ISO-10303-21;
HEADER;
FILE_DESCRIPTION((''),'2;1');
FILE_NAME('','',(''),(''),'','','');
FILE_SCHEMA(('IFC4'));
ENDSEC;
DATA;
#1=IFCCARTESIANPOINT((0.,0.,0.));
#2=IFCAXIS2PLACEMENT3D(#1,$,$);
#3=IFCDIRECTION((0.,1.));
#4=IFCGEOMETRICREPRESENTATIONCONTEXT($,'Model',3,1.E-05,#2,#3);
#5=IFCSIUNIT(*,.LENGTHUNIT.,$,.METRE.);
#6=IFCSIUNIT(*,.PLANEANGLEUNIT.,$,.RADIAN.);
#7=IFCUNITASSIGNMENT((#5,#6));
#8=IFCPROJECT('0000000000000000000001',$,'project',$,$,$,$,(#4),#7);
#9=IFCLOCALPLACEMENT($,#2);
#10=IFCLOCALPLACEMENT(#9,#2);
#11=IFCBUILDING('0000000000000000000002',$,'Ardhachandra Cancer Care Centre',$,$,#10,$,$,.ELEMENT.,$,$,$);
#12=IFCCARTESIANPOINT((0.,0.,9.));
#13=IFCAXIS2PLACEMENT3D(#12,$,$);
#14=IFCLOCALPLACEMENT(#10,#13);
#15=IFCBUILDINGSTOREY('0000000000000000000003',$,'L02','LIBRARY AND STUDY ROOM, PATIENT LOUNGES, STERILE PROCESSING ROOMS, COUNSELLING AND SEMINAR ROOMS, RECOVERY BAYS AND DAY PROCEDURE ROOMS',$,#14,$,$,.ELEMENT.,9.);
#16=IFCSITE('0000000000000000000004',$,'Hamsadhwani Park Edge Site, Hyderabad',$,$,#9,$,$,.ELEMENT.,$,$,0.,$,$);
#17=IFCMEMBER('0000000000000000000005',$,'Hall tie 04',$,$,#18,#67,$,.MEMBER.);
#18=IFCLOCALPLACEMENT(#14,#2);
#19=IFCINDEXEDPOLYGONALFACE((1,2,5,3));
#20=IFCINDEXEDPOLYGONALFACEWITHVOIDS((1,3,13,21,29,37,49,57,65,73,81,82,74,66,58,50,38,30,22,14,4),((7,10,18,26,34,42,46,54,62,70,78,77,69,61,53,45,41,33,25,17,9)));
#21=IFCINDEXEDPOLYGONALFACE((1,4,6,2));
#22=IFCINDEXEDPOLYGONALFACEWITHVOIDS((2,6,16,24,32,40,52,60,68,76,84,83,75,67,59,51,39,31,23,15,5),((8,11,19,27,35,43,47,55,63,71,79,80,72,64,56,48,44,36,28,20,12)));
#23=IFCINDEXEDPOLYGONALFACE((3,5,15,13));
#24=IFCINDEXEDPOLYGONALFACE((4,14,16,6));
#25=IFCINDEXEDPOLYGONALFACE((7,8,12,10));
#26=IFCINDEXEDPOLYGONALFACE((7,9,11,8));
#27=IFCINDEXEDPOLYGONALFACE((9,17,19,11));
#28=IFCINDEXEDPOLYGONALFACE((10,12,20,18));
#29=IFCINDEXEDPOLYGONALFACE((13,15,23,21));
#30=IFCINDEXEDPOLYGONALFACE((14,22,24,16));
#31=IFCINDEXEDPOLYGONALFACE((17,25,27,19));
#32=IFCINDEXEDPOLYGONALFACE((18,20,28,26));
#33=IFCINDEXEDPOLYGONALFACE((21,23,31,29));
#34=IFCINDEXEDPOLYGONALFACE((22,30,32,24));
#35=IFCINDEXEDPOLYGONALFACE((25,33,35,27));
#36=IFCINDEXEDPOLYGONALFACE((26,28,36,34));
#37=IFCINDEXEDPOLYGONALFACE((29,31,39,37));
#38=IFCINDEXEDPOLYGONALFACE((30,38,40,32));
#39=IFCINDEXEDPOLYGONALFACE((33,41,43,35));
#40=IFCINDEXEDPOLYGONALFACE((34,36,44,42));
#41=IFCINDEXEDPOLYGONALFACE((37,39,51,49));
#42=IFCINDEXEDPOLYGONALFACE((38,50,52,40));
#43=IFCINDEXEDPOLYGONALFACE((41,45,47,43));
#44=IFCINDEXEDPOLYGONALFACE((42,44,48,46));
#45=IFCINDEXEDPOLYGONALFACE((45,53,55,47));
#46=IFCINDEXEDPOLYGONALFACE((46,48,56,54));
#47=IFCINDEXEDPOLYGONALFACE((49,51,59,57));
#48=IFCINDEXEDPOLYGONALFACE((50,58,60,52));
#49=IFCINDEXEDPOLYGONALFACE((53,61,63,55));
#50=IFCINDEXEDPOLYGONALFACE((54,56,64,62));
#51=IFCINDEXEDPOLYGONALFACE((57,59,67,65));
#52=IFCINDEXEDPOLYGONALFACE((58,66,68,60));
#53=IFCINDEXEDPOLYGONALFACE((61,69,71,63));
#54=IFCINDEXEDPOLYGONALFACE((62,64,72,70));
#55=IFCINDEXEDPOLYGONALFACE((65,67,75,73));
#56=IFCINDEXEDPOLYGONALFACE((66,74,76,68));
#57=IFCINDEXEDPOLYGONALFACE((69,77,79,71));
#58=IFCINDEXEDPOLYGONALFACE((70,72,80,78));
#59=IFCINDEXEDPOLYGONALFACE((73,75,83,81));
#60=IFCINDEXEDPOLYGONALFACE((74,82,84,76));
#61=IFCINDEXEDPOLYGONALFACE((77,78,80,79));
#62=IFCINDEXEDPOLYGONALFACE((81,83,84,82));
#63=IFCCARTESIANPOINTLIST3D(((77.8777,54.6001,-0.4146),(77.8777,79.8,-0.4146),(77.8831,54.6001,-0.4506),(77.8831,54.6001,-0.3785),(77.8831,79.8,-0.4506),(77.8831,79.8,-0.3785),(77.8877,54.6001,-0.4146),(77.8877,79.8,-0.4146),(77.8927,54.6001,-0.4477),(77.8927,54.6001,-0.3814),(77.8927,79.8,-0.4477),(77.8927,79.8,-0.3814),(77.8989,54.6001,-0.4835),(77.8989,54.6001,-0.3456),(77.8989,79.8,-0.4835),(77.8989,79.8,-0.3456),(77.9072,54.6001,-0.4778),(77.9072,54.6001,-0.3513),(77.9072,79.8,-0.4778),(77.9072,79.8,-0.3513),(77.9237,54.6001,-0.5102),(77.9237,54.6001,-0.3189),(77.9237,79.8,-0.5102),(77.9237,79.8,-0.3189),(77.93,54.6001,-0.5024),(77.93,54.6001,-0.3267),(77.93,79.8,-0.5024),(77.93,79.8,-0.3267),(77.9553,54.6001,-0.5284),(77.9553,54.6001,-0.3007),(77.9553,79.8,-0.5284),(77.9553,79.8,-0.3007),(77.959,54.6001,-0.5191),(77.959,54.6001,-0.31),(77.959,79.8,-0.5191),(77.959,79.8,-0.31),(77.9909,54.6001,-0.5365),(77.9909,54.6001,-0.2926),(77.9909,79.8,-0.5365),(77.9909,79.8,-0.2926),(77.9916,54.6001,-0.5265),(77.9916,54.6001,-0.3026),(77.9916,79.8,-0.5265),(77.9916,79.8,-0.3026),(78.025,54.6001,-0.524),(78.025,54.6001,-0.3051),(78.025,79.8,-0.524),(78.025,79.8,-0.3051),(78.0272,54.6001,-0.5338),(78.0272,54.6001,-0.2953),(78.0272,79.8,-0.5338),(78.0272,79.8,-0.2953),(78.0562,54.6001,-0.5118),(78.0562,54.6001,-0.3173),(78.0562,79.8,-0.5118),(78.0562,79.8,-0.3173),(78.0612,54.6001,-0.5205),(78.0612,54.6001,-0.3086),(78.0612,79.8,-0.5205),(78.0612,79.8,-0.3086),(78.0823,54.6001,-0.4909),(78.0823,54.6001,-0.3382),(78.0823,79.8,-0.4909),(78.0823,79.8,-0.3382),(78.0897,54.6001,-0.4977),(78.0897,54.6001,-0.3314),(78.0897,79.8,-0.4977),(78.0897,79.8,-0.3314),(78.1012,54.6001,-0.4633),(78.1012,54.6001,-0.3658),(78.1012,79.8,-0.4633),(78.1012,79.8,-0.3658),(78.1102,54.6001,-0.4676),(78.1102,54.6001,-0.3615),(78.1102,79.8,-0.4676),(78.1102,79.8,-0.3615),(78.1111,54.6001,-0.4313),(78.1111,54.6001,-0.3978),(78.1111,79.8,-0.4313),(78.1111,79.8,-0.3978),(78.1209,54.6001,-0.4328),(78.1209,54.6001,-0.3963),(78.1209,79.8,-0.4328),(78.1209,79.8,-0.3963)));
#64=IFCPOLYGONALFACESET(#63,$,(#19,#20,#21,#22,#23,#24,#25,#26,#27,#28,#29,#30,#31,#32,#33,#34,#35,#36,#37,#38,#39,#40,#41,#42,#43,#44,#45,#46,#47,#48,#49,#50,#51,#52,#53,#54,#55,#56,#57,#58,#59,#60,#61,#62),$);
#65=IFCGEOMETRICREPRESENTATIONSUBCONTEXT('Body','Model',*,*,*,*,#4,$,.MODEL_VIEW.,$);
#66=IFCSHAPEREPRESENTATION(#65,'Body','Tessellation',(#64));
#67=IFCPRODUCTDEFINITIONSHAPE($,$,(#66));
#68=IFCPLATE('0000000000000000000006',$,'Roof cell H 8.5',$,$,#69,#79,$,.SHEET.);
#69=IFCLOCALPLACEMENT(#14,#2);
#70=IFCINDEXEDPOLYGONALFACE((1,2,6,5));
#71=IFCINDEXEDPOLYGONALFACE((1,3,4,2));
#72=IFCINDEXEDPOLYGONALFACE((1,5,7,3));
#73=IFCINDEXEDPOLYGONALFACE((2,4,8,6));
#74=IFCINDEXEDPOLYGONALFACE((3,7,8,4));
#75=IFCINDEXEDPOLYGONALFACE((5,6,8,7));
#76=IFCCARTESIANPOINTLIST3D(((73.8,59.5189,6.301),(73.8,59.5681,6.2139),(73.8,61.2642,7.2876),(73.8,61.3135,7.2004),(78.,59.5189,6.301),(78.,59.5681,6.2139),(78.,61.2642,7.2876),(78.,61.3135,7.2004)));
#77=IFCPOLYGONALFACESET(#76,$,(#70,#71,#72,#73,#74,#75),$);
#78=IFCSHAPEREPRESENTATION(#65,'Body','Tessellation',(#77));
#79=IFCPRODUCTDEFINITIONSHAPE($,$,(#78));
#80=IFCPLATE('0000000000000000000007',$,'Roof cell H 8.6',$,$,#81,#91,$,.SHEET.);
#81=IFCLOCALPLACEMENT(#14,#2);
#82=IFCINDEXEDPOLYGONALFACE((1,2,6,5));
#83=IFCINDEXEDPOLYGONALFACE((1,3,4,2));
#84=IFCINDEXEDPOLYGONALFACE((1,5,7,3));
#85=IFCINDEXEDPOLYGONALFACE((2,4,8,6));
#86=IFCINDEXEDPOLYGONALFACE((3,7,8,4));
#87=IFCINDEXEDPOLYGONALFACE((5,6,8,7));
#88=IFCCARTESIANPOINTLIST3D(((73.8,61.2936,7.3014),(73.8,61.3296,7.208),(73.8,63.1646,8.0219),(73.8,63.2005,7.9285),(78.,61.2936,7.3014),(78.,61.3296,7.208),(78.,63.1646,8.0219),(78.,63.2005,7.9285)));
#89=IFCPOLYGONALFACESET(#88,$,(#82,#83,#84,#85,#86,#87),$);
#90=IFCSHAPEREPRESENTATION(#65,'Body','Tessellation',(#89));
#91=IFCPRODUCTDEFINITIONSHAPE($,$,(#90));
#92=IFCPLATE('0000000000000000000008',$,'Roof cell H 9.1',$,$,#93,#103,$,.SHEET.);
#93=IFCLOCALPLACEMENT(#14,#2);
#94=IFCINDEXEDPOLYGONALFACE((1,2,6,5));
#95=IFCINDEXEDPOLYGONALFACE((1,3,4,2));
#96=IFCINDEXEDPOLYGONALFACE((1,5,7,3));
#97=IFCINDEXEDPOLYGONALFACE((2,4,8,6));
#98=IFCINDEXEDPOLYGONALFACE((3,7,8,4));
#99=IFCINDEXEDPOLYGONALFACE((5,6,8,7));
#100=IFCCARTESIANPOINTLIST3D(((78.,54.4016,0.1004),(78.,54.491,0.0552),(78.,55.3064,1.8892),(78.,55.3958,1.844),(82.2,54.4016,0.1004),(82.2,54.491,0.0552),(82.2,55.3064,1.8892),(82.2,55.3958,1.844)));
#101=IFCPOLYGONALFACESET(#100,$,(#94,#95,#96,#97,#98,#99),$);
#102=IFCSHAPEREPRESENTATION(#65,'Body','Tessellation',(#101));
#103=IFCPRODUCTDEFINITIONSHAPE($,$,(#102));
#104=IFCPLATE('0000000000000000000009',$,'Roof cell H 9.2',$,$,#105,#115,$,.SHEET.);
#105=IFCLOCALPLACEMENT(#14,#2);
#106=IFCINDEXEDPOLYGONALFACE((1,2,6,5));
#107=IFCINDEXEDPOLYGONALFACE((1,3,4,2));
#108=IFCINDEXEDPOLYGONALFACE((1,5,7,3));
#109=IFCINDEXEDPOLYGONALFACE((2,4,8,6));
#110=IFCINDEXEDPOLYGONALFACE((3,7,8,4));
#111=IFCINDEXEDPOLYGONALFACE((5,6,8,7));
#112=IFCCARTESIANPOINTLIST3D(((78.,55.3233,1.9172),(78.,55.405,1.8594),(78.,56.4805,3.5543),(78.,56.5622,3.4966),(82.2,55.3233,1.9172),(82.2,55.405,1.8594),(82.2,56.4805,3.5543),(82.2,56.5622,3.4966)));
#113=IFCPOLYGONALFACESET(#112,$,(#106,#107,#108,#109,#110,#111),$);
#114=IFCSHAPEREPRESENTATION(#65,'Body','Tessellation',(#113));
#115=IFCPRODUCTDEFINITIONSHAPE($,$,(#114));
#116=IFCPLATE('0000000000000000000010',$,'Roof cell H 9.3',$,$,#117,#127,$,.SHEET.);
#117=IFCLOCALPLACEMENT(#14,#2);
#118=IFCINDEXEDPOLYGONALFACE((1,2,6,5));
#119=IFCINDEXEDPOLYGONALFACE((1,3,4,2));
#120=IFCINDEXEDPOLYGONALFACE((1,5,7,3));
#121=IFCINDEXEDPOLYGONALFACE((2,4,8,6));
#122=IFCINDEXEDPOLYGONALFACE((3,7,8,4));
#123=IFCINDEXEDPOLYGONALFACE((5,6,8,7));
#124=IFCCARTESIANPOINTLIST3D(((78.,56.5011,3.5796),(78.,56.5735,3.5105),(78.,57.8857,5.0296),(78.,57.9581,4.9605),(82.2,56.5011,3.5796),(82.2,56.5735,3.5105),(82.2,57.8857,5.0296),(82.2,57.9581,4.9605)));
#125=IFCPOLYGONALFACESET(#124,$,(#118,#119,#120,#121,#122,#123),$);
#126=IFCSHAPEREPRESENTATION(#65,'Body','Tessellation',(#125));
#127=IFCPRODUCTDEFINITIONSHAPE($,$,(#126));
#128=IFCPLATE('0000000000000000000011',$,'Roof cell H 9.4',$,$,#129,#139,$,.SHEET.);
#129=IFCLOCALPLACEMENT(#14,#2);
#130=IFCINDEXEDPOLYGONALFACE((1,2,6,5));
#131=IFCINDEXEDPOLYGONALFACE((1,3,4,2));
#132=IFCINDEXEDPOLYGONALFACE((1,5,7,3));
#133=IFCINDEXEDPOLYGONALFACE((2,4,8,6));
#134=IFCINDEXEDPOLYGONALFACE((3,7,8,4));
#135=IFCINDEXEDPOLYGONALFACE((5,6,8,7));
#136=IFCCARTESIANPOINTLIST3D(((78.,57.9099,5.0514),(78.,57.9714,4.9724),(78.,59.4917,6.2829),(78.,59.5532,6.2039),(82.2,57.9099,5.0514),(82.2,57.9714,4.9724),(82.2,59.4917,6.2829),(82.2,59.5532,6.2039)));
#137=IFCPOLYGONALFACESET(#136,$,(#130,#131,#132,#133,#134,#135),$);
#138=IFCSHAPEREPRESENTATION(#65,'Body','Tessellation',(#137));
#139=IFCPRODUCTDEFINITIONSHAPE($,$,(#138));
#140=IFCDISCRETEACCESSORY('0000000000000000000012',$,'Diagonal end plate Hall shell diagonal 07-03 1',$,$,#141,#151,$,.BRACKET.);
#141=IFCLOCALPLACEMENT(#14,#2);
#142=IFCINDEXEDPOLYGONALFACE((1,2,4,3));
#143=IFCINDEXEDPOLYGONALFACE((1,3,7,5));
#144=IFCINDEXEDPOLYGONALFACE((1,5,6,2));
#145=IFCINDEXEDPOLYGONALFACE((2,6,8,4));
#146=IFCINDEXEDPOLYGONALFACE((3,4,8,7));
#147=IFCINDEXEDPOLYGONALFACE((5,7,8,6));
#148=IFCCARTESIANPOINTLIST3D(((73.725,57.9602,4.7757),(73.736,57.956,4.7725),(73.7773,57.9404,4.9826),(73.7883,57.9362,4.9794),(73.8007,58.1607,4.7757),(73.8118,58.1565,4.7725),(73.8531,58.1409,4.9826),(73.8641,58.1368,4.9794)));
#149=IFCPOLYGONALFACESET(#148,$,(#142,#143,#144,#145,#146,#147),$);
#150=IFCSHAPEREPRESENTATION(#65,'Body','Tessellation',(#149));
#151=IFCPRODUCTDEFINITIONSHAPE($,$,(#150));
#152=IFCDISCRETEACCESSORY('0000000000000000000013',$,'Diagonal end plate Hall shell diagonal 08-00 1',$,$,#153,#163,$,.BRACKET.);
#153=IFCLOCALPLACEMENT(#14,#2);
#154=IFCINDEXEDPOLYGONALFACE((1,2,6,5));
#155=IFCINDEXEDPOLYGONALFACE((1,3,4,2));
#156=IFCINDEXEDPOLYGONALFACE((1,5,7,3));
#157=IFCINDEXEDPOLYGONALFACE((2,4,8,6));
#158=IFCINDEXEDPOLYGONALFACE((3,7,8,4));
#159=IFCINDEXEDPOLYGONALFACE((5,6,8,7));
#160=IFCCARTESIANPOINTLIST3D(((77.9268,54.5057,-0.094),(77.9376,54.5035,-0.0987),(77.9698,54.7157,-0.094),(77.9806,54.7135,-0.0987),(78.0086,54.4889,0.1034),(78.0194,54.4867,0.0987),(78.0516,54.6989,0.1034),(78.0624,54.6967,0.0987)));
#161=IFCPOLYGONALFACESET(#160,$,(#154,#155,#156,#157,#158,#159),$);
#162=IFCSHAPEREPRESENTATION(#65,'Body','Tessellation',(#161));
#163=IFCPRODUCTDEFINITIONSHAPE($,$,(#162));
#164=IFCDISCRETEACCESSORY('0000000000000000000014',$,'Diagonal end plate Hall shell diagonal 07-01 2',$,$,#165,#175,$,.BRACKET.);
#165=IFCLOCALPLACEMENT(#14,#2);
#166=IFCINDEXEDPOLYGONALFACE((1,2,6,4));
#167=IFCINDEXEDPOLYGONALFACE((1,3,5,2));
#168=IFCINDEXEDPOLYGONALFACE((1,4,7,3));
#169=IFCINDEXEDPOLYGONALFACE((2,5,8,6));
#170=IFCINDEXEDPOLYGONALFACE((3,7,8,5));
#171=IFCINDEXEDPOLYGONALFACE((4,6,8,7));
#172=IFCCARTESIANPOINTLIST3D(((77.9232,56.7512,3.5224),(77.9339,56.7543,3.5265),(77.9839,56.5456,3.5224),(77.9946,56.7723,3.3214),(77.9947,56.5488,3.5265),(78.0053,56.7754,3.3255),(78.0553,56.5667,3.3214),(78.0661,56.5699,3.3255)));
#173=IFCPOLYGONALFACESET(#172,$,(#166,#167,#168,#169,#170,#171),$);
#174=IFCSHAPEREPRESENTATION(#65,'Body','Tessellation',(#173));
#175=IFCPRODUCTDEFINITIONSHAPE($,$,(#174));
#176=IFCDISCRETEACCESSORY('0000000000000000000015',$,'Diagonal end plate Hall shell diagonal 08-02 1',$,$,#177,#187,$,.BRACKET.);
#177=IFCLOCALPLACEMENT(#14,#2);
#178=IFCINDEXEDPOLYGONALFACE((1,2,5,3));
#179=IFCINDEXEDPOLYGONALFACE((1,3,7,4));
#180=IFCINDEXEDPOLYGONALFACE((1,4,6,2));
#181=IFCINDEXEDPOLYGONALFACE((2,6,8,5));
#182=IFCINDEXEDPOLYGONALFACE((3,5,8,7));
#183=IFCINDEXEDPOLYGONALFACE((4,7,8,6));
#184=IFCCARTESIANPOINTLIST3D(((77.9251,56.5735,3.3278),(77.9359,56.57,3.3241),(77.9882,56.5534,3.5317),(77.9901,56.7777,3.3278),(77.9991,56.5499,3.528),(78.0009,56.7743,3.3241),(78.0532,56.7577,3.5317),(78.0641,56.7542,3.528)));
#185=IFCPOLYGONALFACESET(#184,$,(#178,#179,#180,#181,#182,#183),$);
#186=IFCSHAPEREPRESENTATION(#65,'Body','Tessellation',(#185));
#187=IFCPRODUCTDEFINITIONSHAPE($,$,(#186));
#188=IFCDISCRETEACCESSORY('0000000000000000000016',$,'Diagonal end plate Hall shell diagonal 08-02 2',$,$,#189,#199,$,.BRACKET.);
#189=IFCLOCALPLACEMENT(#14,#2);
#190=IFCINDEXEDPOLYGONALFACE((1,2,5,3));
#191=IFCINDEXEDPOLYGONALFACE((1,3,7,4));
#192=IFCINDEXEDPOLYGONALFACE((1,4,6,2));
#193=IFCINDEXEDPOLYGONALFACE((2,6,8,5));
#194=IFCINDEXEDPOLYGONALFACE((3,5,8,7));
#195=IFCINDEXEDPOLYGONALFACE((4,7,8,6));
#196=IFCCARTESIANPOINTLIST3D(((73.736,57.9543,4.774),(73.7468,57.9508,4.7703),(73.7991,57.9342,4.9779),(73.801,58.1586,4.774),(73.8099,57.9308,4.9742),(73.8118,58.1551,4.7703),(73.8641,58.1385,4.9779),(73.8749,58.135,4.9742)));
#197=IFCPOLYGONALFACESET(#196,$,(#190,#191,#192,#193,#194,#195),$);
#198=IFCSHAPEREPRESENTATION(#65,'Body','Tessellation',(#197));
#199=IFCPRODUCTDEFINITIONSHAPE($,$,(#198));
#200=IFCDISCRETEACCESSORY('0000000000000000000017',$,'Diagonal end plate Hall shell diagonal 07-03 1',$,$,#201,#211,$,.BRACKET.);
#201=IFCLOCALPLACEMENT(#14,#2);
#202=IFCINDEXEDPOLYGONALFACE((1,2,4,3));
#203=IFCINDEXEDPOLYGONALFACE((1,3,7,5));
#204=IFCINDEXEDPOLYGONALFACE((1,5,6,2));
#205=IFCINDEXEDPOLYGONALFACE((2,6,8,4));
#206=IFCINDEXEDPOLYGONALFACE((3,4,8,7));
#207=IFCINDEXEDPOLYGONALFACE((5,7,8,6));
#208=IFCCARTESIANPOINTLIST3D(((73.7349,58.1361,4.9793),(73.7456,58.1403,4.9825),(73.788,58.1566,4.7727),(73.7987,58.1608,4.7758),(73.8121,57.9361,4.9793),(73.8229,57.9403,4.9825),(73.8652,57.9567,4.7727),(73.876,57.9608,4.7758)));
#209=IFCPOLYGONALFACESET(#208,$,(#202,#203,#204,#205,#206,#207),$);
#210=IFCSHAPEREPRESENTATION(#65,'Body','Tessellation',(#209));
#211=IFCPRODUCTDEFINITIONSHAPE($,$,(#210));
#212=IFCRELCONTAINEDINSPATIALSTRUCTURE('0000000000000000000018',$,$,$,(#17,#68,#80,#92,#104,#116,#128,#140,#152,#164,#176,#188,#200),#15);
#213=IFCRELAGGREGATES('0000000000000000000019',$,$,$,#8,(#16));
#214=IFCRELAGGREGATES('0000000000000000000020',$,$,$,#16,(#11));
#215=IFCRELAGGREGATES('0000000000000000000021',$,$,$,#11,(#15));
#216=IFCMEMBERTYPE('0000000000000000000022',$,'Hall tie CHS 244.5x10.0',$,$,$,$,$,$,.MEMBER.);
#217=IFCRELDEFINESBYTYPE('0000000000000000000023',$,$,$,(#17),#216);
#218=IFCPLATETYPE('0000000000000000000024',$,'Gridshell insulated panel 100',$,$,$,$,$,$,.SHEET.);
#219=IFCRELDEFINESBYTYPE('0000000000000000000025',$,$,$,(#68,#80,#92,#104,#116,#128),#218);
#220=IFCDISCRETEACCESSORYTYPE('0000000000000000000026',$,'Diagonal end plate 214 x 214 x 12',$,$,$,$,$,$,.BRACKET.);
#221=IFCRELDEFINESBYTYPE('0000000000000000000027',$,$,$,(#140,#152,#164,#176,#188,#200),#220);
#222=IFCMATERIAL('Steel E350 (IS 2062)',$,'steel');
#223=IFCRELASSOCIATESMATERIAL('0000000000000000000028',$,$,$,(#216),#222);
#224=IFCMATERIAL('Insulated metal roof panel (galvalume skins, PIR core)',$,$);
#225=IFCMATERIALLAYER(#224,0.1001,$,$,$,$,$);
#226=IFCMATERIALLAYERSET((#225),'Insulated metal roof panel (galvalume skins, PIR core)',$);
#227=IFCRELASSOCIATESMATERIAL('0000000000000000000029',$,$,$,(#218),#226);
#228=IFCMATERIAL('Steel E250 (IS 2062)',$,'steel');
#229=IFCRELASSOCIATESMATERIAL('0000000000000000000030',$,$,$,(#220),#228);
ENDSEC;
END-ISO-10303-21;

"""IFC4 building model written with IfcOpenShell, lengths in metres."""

from ifc_helpers import new_model, si_unit, direction, frame, origin, origin_2d, place, context, subcontext, project, spatial, polyline, rectangle, hollow_circle, outline, extrude, material, layer, layer_set, material_profile, profile_set, type_object, element, save


model = new_model("IFC4")

# Units and contexts
model_context = context("Model", 3, precision=1e-05, world=origin(), true_north=direction((0.0, 1.0)))
body_context = subcontext(model_context, "Body", "Model", "MODEL_VIEW")
ifc_project = project(units=[si_unit("LENGTHUNIT", "METRE"), si_unit("PLANEANGLEUNIT", "RADIAN")], contexts=[model_context])

# Site, building, storey
site_placement = place(None, origin())
site = spatial("IfcSite", under=ifc_project, at=site_placement, Name="Hamsadhwani Park Edge Site, Hyderabad", CompositionType="ELEMENT", RefElevation=0.0)
building_placement = place(site_placement, origin())
building = spatial("IfcBuilding", under=site, at=building_placement, Name="Ardhachandra Cancer Care Centre", CompositionType="ELEMENT")
storey_placement = place(building_placement, frame((0.0, 0.0, 9.0)))
storey = spatial("IfcBuildingStorey", under=building, at=storey_placement, Name="L02", Description="LIBRARY AND STUDY ROOM, PATIENT LOUNGES, STERILE PROCESSING ROOMS, COUNSELLING AND SEMINAR ROOMS, RECOVERY BAYS AND DAY PROCEDURE ROOMS", CompositionType="ELEMENT", Elevation=9.0)

# Member
ifc_material_1 = material(Name="Steel E350 (IS 2062)", Category="steel")
ifc_material_profile_1 = material_profile(ifc_material_1, hollow_circle(Radius=0.1223, WallThickness=0.01, at=origin_2d()), Name="CHS 244.5x10.0")
ifc_profile_set_1 = profile_set([ifc_material_profile_1], Name="Steel E350 (IS 2062)")
member_type_1 = type_object("IfcMemberType", Name="Hall tie CHS 244.5x10.0", PredefinedType="MEMBER", material=ifc_profile_set_1)
member_1_placement = place(storey_placement, frame((78.0, 54.6001, -0.4146), z_axis=(0.0, 1.0, 0.0), x_axis=(-1.0, 0.0, 0.0)))
element("IfcMember", 1, at=member_1_placement, inside=storey, type_object=member_type_1, Name="Hall tie 04", PredefinedType="MEMBER", context=body_context, shape_type="SweptSolid", body=[
    extrude(hollow_circle(Radius=0.1223, WallThickness=0.01, at=origin_2d()), origin(), (0.0, 0.0, 1.0), 25.2),
])

# Plates
ifc_material_2 = material(Name="Insulated metal roof panel (galvalume skins, PIR core)")
ifc_layer = layer(ifc_material_2, 0.1001)
ifc_layer_set = layer_set([ifc_layer], Name="Insulated metal roof panel (galvalume skins, PIR core)")
plate_type = type_object("IfcPlateType", Name="Gridshell insulated panel 100", PredefinedType="SHEET", material=ifc_layer_set)
for number, where, z_axis, x_axis, name in (
    (2, (73.8, 59.5681, 6.2139), (0.0, -0.492081, 0.870549), (1.0, 0.0, 0.0), "Roof cell H 8.5"),
    (3, (73.8, 61.3296, 7.208), (0.0, -0.359371, 0.933195), (1.0, 0.0, 0.0), "Roof cell H 8.6"),
):
    element("IfcPlate", number, at=place(storey_placement, frame(where, z_axis=z_axis, x_axis=x_axis)), inside=storey, type_object=plate_type, Name=name, PredefinedType="SHEET", context=body_context, shape_type="SweptSolid", body=[
        extrude(outline(polyline([(0.0, 0.0), (4.2, 0.0), (4.2, 2.0049), (0.0, 2.0049), (0.0, 0.0)])), origin(), (0.0, 0.0, 1.0), 0.1001),
    ])
plate_1_placement = place(storey_placement, frame((78.0, 54.491, 0.0552), z_axis=(0.0, -0.892347, 0.45135), x_axis=(1.0, 0.0, 0.0)))
element("IfcPlate", 4, at=plate_1_placement, inside=storey, type_object=plate_type, Name="Roof cell H 9.1", PredefinedType="SHEET", context=body_context, shape_type="SweptSolid", body=[
    extrude(outline(polyline([(0.0, 0.0), (4.2, 0.0), (4.2, 2.0046), (0.0, 2.0046), (0.0, 0.0)])), origin(), (0.0, 0.0, 1.0), 0.1001),
])
for number, where, z_axis, x_axis, name in (
    (5, (78.0, 55.405, 1.8594), (0.0, -0.816603, 0.577199), (1.0, 0.0, 0.0), "Roof cell H 9.2"),
    (6, (78.0, 56.5735, 3.5105), (0.0, -0.723237, 0.6906), (1.0, 0.0, 0.0), "Roof cell H 9.3"),
):
    element("IfcPlate", number, at=place(storey_placement, frame(where, z_axis=z_axis, x_axis=x_axis)), inside=storey, type_object=plate_type, Name=name, PredefinedType="SHEET", context=body_context, shape_type="SweptSolid", body=[
        extrude(outline(polyline([(0.0, 0.0), (4.2, 0.0), (4.2, 2.0049), (0.0, 2.0049), (0.0, 0.0)])), origin(), (0.0, 0.0, 1.0), 0.1001),
    ])
plate_2_placement = place(storey_placement, frame((78.0, 57.9714, 4.9724), z_axis=(0.0, -0.614303, 0.78907), x_axis=(1.0, 0.0, 0.0)))
element("IfcPlate", 7, at=plate_2_placement, inside=storey, type_object=plate_type, Name="Roof cell H 9.4", PredefinedType="SHEET", context=body_context, shape_type="SweptSolid", body=[
    extrude(outline(polyline([(0.0, 0.0), (4.2, 0.0), (4.2, 2.0046), (0.0, 2.0046), (0.0, 0.0)])), origin(), (0.0, 0.0, 1.0), 0.1001),
])

# Discrete accessories
ifc_material_3 = material(Name="Steel E250 (IS 2062)", Category="steel")
ifc_material_profile_2 = material_profile(ifc_material_3, rectangle(XDim=0.2144, YDim=0.2144, at=origin_2d()), Name="PL 214x214x12")
ifc_profile_set_2 = profile_set([ifc_material_profile_2], Name="Steel E250 (IS 2062)")
discrete_accessory_type = type_object("IfcDiscreteAccessoryType", Name="Diagonal end plate 214 x 214 x 12", PredefinedType="BRACKET", material=ifc_profile_set_2)
discrete_accessory_placement = place(storey_placement, frame((73.8, 58.0464, 4.876), z_axis=(-0.903076, 0.341162, 0.260889), x_axis=(-0.353401, -0.935472, 0.0)))
element("IfcDiscreteAccessory", 8, at=discrete_accessory_placement, inside=storey, type_object=discrete_accessory_type, Name="Diagonal end plate Hall shell diagonal 07-03 1", PredefinedType="BRACKET", context=body_context, shape_type="SweptSolid", body=[
    extrude(rectangle(XDim=0.2144, YDim=0.2144, at=origin_2d()), origin(), (0.0, 0.0, 1.0), 0.0122),
])
for number, where, z_axis, x_axis, name in (
    (9, (78.0, 54.6001, 0.0), (-0.902291, 0.18456, 0.389626), (-0.200396, -0.979715, 0.0), "Diagonal end plate Hall shell diagonal 08-00 1"),
    (10, (78.0, 56.6621, 3.426), (-0.899271, -0.265694, -0.347446), (0.283346, -0.959018, 0.0), "Diagonal end plate Hall shell diagonal 07-01 2"),
    (11, (78.0, 56.6621, 3.426), (-0.906302, 0.288369, 0.308967), (-0.303204, -0.952926, 0.0), "Diagonal end plate Hall shell diagonal 08-02 1"),
    (12, (73.8, 58.0464, 4.876), (0.906302, -0.288369, -0.308967), (0.303204, 0.952926, 0.0), "Diagonal end plate Hall shell diagonal 08-02 2"),
    (13, (73.8, 58.0464, 4.876), (0.899271, 0.347446, 0.265694), (-0.360399, 0.932798, 0.0), "Diagonal end plate Hall shell diagonal 07-03 1"),
):
    element("IfcDiscreteAccessory", number, at=place(storey_placement, frame(where, z_axis=z_axis, x_axis=x_axis)), inside=storey, type_object=discrete_accessory_type, Name=name, PredefinedType="BRACKET", context=body_context, shape_type="SweptSolid", body=[
        extrude(rectangle(XDim=0.2144, YDim=0.2144, at=origin_2d()), origin(), (0.0, 0.0, 1.0), 0.012),
    ])

save(model, "model.ifc")
